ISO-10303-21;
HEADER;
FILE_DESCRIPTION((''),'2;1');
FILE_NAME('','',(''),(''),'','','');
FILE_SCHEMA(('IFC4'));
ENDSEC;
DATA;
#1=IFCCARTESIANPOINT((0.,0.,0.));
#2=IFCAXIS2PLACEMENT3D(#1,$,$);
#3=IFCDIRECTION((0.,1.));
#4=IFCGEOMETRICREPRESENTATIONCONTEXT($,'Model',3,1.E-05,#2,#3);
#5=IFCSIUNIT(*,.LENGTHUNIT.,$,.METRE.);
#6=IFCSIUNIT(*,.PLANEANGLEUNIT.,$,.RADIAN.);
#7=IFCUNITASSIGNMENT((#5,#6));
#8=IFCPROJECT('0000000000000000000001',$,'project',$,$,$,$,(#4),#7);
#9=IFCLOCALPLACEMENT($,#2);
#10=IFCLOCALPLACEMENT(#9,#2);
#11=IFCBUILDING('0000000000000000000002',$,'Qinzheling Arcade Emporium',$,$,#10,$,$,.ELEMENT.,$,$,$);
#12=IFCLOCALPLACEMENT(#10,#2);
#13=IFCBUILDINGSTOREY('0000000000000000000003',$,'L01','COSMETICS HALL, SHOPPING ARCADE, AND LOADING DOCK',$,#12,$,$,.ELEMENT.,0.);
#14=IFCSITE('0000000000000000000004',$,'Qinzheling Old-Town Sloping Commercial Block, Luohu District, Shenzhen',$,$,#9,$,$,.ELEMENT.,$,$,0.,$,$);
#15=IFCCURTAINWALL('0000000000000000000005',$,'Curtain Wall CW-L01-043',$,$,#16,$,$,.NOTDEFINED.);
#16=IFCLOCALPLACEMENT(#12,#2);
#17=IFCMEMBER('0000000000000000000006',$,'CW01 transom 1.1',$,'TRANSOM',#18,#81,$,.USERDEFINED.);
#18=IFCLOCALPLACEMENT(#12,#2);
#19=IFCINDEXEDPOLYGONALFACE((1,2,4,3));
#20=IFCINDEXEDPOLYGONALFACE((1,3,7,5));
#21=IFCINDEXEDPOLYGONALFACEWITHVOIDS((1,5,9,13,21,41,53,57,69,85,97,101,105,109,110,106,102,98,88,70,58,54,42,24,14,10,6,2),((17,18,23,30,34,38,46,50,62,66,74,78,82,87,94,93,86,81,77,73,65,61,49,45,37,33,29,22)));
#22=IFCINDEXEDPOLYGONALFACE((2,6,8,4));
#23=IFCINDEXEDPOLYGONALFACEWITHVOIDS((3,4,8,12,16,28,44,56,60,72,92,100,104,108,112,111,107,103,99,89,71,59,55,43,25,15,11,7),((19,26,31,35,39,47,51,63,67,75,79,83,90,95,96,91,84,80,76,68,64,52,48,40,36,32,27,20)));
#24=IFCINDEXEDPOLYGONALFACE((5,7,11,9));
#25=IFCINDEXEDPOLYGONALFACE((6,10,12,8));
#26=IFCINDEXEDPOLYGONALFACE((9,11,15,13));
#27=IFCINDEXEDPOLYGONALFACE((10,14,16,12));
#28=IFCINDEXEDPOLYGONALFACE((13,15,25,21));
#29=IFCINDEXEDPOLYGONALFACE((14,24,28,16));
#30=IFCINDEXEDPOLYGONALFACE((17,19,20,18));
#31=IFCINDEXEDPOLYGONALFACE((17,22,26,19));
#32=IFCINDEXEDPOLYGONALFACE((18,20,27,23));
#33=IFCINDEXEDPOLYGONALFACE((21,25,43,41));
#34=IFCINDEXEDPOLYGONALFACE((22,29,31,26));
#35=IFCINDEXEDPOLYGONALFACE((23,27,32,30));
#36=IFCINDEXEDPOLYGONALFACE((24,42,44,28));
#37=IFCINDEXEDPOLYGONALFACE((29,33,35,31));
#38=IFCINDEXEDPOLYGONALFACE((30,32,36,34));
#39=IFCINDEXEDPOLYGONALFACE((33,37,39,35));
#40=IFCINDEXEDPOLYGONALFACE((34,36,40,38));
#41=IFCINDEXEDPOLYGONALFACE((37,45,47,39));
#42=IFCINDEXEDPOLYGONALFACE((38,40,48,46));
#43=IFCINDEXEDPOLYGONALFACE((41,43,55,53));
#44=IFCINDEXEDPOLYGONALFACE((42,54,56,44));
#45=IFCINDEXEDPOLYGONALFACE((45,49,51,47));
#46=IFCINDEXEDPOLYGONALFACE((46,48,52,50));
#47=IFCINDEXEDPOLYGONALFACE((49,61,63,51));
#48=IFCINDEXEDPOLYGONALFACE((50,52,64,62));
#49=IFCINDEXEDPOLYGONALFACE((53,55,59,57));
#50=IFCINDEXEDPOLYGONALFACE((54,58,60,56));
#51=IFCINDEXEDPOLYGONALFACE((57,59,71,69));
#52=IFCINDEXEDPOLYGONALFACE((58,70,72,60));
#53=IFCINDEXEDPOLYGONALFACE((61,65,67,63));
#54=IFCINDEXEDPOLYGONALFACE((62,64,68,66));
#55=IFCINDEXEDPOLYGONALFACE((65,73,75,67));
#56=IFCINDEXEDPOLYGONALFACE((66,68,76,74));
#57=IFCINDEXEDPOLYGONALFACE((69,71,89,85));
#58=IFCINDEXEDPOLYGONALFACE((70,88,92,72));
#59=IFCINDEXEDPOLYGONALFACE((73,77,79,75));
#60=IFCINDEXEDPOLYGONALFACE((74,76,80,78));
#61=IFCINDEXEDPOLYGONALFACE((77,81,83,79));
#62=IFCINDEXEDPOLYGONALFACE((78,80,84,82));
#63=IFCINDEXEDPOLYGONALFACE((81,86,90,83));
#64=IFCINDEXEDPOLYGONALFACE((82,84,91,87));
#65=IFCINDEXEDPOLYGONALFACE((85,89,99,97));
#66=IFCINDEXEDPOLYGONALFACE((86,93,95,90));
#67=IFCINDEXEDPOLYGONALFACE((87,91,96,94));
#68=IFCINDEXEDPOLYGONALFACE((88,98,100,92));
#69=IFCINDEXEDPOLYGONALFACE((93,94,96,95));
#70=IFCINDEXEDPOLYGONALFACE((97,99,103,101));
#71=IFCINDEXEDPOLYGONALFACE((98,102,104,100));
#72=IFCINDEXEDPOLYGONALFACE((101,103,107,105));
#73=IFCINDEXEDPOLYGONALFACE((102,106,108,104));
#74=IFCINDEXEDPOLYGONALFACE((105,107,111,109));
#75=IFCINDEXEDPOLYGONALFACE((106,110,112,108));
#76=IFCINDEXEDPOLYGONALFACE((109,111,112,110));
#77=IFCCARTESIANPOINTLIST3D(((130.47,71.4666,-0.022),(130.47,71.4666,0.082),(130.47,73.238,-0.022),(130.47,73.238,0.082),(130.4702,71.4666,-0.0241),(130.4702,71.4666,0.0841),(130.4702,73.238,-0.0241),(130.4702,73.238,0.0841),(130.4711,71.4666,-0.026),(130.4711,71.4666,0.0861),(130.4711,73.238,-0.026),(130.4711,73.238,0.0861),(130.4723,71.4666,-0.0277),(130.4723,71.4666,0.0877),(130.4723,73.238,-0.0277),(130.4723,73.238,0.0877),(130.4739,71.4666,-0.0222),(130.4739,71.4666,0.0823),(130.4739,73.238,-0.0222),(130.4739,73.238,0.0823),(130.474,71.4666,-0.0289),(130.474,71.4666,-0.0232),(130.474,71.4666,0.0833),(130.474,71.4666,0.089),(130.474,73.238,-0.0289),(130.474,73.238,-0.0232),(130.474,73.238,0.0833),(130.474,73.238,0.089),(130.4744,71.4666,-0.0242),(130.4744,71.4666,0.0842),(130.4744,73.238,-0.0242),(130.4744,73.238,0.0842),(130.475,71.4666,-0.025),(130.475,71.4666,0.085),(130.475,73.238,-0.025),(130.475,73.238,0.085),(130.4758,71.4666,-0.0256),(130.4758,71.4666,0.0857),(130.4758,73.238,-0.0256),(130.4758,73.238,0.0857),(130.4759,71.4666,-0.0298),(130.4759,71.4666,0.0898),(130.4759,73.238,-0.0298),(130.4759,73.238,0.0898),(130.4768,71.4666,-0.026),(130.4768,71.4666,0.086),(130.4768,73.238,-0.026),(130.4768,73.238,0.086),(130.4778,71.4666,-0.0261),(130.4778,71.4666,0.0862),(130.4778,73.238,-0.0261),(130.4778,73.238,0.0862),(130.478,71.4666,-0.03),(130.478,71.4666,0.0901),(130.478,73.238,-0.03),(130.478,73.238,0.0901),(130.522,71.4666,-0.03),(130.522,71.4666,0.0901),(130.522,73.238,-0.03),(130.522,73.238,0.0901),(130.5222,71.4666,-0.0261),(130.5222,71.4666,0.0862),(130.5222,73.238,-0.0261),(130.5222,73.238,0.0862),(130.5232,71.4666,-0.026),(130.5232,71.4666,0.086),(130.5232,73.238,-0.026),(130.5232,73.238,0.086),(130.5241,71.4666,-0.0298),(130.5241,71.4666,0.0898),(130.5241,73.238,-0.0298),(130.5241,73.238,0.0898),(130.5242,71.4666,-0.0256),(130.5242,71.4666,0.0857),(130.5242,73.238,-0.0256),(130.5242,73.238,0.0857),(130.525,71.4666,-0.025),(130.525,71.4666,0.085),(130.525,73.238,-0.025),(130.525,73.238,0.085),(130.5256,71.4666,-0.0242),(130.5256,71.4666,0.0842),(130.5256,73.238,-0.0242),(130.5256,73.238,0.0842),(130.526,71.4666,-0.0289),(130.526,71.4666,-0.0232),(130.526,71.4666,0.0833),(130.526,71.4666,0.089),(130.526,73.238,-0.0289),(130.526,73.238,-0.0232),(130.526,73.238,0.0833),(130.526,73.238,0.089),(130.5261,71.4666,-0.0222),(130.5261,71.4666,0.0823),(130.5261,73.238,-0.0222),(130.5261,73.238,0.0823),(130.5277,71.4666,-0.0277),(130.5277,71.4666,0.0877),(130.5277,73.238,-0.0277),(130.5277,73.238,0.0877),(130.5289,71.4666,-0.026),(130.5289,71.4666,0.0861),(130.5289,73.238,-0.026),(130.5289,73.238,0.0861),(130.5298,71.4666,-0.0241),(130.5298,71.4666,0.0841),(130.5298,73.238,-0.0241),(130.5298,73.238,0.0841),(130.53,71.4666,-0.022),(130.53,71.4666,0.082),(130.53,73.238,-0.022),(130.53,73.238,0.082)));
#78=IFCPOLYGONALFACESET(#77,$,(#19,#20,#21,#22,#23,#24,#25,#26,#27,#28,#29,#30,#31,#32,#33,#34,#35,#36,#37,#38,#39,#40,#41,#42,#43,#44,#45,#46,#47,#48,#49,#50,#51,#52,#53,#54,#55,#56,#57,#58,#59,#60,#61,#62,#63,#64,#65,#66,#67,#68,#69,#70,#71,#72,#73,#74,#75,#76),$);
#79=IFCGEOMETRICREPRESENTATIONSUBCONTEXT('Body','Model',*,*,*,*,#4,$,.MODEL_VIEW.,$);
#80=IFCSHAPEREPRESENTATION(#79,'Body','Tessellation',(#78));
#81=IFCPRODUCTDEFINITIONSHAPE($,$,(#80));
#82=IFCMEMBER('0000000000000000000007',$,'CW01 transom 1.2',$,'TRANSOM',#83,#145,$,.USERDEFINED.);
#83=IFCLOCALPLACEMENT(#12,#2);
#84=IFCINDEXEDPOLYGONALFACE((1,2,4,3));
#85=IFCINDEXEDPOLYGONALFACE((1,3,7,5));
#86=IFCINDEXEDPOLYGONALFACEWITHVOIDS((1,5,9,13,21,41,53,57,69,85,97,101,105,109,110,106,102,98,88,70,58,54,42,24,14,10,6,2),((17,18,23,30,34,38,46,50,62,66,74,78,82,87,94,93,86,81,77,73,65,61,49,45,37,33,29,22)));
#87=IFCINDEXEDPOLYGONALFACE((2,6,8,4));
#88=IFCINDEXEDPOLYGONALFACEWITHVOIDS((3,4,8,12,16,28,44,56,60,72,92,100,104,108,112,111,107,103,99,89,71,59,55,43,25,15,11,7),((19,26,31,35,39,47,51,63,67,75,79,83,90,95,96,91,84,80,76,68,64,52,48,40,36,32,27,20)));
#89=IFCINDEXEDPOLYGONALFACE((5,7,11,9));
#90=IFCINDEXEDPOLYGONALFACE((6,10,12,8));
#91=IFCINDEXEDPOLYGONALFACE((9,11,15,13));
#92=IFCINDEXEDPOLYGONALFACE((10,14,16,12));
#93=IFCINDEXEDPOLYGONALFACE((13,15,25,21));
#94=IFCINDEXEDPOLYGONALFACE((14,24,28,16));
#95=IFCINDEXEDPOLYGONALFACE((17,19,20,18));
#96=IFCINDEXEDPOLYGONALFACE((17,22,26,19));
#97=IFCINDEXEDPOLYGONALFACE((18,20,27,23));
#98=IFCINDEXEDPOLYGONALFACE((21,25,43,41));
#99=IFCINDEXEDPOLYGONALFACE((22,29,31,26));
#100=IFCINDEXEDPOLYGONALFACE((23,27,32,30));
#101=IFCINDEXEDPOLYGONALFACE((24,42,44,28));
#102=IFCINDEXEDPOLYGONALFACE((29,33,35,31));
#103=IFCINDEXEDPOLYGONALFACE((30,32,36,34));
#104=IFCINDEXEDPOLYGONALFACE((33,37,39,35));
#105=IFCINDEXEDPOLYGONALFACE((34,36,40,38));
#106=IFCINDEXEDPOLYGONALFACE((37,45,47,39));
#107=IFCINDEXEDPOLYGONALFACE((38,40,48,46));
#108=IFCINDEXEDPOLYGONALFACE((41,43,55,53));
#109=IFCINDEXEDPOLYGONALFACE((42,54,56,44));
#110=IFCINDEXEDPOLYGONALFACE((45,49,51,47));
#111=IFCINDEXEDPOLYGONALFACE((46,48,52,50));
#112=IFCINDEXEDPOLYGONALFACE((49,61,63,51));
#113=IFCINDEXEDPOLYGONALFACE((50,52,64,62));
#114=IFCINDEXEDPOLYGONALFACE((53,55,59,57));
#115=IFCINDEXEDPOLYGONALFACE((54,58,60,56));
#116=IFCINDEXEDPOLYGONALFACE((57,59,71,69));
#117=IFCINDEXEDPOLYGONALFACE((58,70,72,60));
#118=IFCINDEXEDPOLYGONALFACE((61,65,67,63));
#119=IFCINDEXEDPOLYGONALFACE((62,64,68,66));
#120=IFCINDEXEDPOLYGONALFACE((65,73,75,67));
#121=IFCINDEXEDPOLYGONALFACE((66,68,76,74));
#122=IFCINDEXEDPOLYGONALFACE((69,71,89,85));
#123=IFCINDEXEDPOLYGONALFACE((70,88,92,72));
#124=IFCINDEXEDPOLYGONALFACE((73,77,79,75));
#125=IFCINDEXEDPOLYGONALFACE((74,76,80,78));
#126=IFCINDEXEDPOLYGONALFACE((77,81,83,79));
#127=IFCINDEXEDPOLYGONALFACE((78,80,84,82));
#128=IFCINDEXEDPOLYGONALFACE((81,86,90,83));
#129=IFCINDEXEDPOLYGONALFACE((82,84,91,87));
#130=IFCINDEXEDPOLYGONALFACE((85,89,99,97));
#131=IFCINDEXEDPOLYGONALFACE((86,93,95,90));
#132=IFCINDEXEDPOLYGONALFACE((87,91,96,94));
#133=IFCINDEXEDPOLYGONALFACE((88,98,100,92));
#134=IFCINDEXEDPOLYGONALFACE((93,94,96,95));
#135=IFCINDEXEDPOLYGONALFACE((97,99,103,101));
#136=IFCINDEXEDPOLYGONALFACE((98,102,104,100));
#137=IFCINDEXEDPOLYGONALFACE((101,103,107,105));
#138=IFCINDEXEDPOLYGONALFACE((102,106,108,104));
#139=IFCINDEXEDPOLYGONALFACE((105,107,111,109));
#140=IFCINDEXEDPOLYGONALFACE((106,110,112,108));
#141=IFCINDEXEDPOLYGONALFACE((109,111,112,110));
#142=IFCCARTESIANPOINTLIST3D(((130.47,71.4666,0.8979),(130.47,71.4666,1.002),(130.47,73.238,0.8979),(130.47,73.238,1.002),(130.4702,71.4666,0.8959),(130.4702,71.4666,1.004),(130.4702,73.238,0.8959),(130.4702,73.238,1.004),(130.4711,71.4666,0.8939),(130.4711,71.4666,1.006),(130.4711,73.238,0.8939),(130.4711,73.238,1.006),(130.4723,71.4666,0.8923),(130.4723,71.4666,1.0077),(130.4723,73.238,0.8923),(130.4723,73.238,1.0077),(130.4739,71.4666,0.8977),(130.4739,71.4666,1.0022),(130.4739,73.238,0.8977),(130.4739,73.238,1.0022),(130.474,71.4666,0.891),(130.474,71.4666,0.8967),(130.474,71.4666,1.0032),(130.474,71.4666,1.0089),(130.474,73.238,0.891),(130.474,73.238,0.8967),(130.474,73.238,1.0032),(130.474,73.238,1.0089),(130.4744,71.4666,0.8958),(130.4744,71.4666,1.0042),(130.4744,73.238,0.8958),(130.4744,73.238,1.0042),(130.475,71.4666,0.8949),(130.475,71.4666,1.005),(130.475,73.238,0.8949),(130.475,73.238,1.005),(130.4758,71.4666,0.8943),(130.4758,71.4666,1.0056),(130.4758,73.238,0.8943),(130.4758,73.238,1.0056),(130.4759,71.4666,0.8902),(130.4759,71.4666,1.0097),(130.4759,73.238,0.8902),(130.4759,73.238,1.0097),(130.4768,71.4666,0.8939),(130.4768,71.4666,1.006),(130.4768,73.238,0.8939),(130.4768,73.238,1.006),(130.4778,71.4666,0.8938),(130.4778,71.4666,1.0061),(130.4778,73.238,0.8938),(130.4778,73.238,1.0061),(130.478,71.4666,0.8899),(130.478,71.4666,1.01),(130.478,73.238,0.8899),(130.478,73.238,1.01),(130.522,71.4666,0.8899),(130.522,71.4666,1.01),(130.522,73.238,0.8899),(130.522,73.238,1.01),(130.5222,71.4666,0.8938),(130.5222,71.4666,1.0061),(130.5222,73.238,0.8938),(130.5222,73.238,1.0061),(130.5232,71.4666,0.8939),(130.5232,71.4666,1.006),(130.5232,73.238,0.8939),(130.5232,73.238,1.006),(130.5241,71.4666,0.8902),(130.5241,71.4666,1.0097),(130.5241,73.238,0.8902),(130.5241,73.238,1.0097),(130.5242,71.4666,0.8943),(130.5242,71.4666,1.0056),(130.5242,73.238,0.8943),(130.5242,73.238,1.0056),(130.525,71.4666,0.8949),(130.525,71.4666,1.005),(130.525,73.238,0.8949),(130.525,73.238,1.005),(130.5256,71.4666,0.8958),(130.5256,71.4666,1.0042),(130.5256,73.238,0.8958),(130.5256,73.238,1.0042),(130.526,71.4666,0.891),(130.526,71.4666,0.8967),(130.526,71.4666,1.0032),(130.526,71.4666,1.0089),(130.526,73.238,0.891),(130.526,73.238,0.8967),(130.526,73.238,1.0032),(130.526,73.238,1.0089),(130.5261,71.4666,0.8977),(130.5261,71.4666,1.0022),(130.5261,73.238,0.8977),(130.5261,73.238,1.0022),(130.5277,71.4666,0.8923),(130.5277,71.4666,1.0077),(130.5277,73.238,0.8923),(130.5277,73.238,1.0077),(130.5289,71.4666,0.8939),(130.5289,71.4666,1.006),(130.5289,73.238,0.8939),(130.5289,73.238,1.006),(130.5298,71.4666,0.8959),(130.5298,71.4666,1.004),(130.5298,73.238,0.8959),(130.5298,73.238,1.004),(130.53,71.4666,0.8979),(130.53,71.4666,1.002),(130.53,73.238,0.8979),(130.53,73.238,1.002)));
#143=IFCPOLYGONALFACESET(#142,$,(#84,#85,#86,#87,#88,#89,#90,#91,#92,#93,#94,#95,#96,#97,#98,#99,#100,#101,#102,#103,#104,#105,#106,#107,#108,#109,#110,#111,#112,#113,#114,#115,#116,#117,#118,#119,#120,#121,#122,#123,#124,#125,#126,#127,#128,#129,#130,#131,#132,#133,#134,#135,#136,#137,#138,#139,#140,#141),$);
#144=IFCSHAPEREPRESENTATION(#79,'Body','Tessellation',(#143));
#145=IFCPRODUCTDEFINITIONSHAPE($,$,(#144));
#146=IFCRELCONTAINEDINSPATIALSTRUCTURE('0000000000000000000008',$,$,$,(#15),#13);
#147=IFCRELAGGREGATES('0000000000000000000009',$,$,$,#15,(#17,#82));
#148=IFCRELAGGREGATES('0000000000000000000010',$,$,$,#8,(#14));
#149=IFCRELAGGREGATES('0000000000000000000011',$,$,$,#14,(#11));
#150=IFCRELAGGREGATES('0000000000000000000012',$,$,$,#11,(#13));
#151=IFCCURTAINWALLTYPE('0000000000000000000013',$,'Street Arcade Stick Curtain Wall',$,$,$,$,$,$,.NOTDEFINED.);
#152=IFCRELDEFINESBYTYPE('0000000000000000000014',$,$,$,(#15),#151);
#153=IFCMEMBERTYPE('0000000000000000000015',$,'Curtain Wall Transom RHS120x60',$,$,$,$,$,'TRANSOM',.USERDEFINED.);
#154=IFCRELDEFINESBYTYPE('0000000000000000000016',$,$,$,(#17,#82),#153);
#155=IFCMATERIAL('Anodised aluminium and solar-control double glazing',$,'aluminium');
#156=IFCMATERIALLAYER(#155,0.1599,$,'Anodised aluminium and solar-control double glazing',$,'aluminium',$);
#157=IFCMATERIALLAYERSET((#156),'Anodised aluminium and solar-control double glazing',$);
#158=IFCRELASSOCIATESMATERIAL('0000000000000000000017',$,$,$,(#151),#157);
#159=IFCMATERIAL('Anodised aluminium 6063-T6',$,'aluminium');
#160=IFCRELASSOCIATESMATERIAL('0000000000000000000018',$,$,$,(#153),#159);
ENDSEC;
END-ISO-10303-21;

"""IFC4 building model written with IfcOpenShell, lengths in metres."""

from ifc_helpers import new_model, si_unit, direction, frame, origin, origin_2d, place, context, subcontext, project, spatial, hollow_rectangle, extrude, material, layer, layer_set, material_profile, profile_set, type_object, element, aggregate, save


model = new_model("IFC4")

# Units and contexts
model_context = context("Model", 3, precision=1e-05, world=origin(), true_north=direction((0.0, 1.0)))
body_context = subcontext(model_context, "Body", "Model", "MODEL_VIEW")
ifc_project = project(units=[si_unit("LENGTHUNIT", "METRE"), si_unit("PLANEANGLEUNIT", "RADIAN")], contexts=[model_context])

# Site, building, storey
site_placement = place(None, origin())
site = spatial("IfcSite", under=ifc_project, at=site_placement, Name="Qinzheling Old-Town Sloping Commercial Block, Luohu District, Shenzhen", CompositionType="ELEMENT", RefElevation=0.0)
building_placement = place(site_placement, origin())
building = spatial("IfcBuilding", under=site, at=building_placement, Name="Qinzheling Arcade Emporium", CompositionType="ELEMENT")
storey_placement = place(building_placement, origin())
storey = spatial("IfcBuildingStorey", under=building, at=storey_placement, Name="L01", Description="COSMETICS HALL, SHOPPING ARCADE, AND LOADING DOCK", CompositionType="ELEMENT", Elevation=0.0)

# Curtain wall, members
ifc_material_1 = material(Name="Anodised aluminium and solar-control double glazing", Category="aluminium")
ifc_layer_1 = layer(ifc_material_1, 0.1599, Name="Anodised aluminium and solar-control double glazing", Category="aluminium")
ifc_layer_set_1 = layer_set([ifc_layer_1], Name="Anodised aluminium and solar-control double glazing")
curtain_wall_type = type_object("IfcCurtainWallType", Name="Street Arcade Stick Curtain Wall", PredefinedType="NOTDEFINED", material=ifc_layer_set_1)
curtain_wall_placement = place(storey_placement, origin())
curtain_wall = element("IfcCurtainWall", 1, at=curtain_wall_placement, inside=storey, type_object=curtain_wall_type, Name="Curtain Wall CW-L01-043", PredefinedType="NOTDEFINED")
ifc_material_2 = material(Name="Anodised aluminium 6063-T6", Category="aluminium")
ifc_material_profile_1 = material_profile(ifc_material_2, hollow_rectangle(XDim=0.0601, YDim=0.1201, WallThickness=0.0039, InnerFilletRadius=0.0039, OuterFilletRadius=0.0081, at=origin_2d()), Name="RHS 120x60x4", Category="aluminium")
ifc_profile_set_1 = profile_set([ifc_material_profile_1], Name="Anodised aluminium 6063-T6")
member_type_1 = type_object("IfcMemberType", Name="Curtain Wall Transom RHS120x60", ElementType="TRANSOM", PredefinedType="USERDEFINED", material=ifc_profile_set_1)
member_1_placement = place(storey_placement, frame((130.5, 73.238, 0.03), z_axis=(0.0, -1.0, 0.0), x_axis=(1.0, 0.0, 0.0)))
member_1 = element("IfcMember", 2, at=member_1_placement, type_object=member_type_1, Name="CW01 transom 1.1", ObjectType="TRANSOM", PredefinedType="USERDEFINED", context=body_context, shape_type="SweptSolid", body=[
    extrude(hollow_rectangle(XDim=0.0601, YDim=0.1201, WallThickness=0.0039, InnerFilletRadius=0.0039, OuterFilletRadius=0.0081, at=origin_2d()), origin(), (0.0, 0.0, 1.0), 1.7715),
])
member_2_placement = place(storey_placement, frame((130.5, 73.238, 0.95), z_axis=(0.0, -1.0, 0.0), x_axis=(1.0, 0.0, 0.0)))
member_2 = element("IfcMember", 3, at=member_2_placement, type_object=member_type_1, Name="CW01 transom 1.2", ObjectType="TRANSOM", PredefinedType="USERDEFINED", context=body_context, shape_type="SweptSolid", body=[
    extrude(hollow_rectangle(XDim=0.0601, YDim=0.1201, WallThickness=0.0039, InnerFilletRadius=0.0039, OuterFilletRadius=0.0081, at=origin_2d()), origin(), (0.0, 0.0, 1.0), 1.7715),
])
aggregate(curtain_wall, [member_1, member_2])

save(model, "model.ifc")
